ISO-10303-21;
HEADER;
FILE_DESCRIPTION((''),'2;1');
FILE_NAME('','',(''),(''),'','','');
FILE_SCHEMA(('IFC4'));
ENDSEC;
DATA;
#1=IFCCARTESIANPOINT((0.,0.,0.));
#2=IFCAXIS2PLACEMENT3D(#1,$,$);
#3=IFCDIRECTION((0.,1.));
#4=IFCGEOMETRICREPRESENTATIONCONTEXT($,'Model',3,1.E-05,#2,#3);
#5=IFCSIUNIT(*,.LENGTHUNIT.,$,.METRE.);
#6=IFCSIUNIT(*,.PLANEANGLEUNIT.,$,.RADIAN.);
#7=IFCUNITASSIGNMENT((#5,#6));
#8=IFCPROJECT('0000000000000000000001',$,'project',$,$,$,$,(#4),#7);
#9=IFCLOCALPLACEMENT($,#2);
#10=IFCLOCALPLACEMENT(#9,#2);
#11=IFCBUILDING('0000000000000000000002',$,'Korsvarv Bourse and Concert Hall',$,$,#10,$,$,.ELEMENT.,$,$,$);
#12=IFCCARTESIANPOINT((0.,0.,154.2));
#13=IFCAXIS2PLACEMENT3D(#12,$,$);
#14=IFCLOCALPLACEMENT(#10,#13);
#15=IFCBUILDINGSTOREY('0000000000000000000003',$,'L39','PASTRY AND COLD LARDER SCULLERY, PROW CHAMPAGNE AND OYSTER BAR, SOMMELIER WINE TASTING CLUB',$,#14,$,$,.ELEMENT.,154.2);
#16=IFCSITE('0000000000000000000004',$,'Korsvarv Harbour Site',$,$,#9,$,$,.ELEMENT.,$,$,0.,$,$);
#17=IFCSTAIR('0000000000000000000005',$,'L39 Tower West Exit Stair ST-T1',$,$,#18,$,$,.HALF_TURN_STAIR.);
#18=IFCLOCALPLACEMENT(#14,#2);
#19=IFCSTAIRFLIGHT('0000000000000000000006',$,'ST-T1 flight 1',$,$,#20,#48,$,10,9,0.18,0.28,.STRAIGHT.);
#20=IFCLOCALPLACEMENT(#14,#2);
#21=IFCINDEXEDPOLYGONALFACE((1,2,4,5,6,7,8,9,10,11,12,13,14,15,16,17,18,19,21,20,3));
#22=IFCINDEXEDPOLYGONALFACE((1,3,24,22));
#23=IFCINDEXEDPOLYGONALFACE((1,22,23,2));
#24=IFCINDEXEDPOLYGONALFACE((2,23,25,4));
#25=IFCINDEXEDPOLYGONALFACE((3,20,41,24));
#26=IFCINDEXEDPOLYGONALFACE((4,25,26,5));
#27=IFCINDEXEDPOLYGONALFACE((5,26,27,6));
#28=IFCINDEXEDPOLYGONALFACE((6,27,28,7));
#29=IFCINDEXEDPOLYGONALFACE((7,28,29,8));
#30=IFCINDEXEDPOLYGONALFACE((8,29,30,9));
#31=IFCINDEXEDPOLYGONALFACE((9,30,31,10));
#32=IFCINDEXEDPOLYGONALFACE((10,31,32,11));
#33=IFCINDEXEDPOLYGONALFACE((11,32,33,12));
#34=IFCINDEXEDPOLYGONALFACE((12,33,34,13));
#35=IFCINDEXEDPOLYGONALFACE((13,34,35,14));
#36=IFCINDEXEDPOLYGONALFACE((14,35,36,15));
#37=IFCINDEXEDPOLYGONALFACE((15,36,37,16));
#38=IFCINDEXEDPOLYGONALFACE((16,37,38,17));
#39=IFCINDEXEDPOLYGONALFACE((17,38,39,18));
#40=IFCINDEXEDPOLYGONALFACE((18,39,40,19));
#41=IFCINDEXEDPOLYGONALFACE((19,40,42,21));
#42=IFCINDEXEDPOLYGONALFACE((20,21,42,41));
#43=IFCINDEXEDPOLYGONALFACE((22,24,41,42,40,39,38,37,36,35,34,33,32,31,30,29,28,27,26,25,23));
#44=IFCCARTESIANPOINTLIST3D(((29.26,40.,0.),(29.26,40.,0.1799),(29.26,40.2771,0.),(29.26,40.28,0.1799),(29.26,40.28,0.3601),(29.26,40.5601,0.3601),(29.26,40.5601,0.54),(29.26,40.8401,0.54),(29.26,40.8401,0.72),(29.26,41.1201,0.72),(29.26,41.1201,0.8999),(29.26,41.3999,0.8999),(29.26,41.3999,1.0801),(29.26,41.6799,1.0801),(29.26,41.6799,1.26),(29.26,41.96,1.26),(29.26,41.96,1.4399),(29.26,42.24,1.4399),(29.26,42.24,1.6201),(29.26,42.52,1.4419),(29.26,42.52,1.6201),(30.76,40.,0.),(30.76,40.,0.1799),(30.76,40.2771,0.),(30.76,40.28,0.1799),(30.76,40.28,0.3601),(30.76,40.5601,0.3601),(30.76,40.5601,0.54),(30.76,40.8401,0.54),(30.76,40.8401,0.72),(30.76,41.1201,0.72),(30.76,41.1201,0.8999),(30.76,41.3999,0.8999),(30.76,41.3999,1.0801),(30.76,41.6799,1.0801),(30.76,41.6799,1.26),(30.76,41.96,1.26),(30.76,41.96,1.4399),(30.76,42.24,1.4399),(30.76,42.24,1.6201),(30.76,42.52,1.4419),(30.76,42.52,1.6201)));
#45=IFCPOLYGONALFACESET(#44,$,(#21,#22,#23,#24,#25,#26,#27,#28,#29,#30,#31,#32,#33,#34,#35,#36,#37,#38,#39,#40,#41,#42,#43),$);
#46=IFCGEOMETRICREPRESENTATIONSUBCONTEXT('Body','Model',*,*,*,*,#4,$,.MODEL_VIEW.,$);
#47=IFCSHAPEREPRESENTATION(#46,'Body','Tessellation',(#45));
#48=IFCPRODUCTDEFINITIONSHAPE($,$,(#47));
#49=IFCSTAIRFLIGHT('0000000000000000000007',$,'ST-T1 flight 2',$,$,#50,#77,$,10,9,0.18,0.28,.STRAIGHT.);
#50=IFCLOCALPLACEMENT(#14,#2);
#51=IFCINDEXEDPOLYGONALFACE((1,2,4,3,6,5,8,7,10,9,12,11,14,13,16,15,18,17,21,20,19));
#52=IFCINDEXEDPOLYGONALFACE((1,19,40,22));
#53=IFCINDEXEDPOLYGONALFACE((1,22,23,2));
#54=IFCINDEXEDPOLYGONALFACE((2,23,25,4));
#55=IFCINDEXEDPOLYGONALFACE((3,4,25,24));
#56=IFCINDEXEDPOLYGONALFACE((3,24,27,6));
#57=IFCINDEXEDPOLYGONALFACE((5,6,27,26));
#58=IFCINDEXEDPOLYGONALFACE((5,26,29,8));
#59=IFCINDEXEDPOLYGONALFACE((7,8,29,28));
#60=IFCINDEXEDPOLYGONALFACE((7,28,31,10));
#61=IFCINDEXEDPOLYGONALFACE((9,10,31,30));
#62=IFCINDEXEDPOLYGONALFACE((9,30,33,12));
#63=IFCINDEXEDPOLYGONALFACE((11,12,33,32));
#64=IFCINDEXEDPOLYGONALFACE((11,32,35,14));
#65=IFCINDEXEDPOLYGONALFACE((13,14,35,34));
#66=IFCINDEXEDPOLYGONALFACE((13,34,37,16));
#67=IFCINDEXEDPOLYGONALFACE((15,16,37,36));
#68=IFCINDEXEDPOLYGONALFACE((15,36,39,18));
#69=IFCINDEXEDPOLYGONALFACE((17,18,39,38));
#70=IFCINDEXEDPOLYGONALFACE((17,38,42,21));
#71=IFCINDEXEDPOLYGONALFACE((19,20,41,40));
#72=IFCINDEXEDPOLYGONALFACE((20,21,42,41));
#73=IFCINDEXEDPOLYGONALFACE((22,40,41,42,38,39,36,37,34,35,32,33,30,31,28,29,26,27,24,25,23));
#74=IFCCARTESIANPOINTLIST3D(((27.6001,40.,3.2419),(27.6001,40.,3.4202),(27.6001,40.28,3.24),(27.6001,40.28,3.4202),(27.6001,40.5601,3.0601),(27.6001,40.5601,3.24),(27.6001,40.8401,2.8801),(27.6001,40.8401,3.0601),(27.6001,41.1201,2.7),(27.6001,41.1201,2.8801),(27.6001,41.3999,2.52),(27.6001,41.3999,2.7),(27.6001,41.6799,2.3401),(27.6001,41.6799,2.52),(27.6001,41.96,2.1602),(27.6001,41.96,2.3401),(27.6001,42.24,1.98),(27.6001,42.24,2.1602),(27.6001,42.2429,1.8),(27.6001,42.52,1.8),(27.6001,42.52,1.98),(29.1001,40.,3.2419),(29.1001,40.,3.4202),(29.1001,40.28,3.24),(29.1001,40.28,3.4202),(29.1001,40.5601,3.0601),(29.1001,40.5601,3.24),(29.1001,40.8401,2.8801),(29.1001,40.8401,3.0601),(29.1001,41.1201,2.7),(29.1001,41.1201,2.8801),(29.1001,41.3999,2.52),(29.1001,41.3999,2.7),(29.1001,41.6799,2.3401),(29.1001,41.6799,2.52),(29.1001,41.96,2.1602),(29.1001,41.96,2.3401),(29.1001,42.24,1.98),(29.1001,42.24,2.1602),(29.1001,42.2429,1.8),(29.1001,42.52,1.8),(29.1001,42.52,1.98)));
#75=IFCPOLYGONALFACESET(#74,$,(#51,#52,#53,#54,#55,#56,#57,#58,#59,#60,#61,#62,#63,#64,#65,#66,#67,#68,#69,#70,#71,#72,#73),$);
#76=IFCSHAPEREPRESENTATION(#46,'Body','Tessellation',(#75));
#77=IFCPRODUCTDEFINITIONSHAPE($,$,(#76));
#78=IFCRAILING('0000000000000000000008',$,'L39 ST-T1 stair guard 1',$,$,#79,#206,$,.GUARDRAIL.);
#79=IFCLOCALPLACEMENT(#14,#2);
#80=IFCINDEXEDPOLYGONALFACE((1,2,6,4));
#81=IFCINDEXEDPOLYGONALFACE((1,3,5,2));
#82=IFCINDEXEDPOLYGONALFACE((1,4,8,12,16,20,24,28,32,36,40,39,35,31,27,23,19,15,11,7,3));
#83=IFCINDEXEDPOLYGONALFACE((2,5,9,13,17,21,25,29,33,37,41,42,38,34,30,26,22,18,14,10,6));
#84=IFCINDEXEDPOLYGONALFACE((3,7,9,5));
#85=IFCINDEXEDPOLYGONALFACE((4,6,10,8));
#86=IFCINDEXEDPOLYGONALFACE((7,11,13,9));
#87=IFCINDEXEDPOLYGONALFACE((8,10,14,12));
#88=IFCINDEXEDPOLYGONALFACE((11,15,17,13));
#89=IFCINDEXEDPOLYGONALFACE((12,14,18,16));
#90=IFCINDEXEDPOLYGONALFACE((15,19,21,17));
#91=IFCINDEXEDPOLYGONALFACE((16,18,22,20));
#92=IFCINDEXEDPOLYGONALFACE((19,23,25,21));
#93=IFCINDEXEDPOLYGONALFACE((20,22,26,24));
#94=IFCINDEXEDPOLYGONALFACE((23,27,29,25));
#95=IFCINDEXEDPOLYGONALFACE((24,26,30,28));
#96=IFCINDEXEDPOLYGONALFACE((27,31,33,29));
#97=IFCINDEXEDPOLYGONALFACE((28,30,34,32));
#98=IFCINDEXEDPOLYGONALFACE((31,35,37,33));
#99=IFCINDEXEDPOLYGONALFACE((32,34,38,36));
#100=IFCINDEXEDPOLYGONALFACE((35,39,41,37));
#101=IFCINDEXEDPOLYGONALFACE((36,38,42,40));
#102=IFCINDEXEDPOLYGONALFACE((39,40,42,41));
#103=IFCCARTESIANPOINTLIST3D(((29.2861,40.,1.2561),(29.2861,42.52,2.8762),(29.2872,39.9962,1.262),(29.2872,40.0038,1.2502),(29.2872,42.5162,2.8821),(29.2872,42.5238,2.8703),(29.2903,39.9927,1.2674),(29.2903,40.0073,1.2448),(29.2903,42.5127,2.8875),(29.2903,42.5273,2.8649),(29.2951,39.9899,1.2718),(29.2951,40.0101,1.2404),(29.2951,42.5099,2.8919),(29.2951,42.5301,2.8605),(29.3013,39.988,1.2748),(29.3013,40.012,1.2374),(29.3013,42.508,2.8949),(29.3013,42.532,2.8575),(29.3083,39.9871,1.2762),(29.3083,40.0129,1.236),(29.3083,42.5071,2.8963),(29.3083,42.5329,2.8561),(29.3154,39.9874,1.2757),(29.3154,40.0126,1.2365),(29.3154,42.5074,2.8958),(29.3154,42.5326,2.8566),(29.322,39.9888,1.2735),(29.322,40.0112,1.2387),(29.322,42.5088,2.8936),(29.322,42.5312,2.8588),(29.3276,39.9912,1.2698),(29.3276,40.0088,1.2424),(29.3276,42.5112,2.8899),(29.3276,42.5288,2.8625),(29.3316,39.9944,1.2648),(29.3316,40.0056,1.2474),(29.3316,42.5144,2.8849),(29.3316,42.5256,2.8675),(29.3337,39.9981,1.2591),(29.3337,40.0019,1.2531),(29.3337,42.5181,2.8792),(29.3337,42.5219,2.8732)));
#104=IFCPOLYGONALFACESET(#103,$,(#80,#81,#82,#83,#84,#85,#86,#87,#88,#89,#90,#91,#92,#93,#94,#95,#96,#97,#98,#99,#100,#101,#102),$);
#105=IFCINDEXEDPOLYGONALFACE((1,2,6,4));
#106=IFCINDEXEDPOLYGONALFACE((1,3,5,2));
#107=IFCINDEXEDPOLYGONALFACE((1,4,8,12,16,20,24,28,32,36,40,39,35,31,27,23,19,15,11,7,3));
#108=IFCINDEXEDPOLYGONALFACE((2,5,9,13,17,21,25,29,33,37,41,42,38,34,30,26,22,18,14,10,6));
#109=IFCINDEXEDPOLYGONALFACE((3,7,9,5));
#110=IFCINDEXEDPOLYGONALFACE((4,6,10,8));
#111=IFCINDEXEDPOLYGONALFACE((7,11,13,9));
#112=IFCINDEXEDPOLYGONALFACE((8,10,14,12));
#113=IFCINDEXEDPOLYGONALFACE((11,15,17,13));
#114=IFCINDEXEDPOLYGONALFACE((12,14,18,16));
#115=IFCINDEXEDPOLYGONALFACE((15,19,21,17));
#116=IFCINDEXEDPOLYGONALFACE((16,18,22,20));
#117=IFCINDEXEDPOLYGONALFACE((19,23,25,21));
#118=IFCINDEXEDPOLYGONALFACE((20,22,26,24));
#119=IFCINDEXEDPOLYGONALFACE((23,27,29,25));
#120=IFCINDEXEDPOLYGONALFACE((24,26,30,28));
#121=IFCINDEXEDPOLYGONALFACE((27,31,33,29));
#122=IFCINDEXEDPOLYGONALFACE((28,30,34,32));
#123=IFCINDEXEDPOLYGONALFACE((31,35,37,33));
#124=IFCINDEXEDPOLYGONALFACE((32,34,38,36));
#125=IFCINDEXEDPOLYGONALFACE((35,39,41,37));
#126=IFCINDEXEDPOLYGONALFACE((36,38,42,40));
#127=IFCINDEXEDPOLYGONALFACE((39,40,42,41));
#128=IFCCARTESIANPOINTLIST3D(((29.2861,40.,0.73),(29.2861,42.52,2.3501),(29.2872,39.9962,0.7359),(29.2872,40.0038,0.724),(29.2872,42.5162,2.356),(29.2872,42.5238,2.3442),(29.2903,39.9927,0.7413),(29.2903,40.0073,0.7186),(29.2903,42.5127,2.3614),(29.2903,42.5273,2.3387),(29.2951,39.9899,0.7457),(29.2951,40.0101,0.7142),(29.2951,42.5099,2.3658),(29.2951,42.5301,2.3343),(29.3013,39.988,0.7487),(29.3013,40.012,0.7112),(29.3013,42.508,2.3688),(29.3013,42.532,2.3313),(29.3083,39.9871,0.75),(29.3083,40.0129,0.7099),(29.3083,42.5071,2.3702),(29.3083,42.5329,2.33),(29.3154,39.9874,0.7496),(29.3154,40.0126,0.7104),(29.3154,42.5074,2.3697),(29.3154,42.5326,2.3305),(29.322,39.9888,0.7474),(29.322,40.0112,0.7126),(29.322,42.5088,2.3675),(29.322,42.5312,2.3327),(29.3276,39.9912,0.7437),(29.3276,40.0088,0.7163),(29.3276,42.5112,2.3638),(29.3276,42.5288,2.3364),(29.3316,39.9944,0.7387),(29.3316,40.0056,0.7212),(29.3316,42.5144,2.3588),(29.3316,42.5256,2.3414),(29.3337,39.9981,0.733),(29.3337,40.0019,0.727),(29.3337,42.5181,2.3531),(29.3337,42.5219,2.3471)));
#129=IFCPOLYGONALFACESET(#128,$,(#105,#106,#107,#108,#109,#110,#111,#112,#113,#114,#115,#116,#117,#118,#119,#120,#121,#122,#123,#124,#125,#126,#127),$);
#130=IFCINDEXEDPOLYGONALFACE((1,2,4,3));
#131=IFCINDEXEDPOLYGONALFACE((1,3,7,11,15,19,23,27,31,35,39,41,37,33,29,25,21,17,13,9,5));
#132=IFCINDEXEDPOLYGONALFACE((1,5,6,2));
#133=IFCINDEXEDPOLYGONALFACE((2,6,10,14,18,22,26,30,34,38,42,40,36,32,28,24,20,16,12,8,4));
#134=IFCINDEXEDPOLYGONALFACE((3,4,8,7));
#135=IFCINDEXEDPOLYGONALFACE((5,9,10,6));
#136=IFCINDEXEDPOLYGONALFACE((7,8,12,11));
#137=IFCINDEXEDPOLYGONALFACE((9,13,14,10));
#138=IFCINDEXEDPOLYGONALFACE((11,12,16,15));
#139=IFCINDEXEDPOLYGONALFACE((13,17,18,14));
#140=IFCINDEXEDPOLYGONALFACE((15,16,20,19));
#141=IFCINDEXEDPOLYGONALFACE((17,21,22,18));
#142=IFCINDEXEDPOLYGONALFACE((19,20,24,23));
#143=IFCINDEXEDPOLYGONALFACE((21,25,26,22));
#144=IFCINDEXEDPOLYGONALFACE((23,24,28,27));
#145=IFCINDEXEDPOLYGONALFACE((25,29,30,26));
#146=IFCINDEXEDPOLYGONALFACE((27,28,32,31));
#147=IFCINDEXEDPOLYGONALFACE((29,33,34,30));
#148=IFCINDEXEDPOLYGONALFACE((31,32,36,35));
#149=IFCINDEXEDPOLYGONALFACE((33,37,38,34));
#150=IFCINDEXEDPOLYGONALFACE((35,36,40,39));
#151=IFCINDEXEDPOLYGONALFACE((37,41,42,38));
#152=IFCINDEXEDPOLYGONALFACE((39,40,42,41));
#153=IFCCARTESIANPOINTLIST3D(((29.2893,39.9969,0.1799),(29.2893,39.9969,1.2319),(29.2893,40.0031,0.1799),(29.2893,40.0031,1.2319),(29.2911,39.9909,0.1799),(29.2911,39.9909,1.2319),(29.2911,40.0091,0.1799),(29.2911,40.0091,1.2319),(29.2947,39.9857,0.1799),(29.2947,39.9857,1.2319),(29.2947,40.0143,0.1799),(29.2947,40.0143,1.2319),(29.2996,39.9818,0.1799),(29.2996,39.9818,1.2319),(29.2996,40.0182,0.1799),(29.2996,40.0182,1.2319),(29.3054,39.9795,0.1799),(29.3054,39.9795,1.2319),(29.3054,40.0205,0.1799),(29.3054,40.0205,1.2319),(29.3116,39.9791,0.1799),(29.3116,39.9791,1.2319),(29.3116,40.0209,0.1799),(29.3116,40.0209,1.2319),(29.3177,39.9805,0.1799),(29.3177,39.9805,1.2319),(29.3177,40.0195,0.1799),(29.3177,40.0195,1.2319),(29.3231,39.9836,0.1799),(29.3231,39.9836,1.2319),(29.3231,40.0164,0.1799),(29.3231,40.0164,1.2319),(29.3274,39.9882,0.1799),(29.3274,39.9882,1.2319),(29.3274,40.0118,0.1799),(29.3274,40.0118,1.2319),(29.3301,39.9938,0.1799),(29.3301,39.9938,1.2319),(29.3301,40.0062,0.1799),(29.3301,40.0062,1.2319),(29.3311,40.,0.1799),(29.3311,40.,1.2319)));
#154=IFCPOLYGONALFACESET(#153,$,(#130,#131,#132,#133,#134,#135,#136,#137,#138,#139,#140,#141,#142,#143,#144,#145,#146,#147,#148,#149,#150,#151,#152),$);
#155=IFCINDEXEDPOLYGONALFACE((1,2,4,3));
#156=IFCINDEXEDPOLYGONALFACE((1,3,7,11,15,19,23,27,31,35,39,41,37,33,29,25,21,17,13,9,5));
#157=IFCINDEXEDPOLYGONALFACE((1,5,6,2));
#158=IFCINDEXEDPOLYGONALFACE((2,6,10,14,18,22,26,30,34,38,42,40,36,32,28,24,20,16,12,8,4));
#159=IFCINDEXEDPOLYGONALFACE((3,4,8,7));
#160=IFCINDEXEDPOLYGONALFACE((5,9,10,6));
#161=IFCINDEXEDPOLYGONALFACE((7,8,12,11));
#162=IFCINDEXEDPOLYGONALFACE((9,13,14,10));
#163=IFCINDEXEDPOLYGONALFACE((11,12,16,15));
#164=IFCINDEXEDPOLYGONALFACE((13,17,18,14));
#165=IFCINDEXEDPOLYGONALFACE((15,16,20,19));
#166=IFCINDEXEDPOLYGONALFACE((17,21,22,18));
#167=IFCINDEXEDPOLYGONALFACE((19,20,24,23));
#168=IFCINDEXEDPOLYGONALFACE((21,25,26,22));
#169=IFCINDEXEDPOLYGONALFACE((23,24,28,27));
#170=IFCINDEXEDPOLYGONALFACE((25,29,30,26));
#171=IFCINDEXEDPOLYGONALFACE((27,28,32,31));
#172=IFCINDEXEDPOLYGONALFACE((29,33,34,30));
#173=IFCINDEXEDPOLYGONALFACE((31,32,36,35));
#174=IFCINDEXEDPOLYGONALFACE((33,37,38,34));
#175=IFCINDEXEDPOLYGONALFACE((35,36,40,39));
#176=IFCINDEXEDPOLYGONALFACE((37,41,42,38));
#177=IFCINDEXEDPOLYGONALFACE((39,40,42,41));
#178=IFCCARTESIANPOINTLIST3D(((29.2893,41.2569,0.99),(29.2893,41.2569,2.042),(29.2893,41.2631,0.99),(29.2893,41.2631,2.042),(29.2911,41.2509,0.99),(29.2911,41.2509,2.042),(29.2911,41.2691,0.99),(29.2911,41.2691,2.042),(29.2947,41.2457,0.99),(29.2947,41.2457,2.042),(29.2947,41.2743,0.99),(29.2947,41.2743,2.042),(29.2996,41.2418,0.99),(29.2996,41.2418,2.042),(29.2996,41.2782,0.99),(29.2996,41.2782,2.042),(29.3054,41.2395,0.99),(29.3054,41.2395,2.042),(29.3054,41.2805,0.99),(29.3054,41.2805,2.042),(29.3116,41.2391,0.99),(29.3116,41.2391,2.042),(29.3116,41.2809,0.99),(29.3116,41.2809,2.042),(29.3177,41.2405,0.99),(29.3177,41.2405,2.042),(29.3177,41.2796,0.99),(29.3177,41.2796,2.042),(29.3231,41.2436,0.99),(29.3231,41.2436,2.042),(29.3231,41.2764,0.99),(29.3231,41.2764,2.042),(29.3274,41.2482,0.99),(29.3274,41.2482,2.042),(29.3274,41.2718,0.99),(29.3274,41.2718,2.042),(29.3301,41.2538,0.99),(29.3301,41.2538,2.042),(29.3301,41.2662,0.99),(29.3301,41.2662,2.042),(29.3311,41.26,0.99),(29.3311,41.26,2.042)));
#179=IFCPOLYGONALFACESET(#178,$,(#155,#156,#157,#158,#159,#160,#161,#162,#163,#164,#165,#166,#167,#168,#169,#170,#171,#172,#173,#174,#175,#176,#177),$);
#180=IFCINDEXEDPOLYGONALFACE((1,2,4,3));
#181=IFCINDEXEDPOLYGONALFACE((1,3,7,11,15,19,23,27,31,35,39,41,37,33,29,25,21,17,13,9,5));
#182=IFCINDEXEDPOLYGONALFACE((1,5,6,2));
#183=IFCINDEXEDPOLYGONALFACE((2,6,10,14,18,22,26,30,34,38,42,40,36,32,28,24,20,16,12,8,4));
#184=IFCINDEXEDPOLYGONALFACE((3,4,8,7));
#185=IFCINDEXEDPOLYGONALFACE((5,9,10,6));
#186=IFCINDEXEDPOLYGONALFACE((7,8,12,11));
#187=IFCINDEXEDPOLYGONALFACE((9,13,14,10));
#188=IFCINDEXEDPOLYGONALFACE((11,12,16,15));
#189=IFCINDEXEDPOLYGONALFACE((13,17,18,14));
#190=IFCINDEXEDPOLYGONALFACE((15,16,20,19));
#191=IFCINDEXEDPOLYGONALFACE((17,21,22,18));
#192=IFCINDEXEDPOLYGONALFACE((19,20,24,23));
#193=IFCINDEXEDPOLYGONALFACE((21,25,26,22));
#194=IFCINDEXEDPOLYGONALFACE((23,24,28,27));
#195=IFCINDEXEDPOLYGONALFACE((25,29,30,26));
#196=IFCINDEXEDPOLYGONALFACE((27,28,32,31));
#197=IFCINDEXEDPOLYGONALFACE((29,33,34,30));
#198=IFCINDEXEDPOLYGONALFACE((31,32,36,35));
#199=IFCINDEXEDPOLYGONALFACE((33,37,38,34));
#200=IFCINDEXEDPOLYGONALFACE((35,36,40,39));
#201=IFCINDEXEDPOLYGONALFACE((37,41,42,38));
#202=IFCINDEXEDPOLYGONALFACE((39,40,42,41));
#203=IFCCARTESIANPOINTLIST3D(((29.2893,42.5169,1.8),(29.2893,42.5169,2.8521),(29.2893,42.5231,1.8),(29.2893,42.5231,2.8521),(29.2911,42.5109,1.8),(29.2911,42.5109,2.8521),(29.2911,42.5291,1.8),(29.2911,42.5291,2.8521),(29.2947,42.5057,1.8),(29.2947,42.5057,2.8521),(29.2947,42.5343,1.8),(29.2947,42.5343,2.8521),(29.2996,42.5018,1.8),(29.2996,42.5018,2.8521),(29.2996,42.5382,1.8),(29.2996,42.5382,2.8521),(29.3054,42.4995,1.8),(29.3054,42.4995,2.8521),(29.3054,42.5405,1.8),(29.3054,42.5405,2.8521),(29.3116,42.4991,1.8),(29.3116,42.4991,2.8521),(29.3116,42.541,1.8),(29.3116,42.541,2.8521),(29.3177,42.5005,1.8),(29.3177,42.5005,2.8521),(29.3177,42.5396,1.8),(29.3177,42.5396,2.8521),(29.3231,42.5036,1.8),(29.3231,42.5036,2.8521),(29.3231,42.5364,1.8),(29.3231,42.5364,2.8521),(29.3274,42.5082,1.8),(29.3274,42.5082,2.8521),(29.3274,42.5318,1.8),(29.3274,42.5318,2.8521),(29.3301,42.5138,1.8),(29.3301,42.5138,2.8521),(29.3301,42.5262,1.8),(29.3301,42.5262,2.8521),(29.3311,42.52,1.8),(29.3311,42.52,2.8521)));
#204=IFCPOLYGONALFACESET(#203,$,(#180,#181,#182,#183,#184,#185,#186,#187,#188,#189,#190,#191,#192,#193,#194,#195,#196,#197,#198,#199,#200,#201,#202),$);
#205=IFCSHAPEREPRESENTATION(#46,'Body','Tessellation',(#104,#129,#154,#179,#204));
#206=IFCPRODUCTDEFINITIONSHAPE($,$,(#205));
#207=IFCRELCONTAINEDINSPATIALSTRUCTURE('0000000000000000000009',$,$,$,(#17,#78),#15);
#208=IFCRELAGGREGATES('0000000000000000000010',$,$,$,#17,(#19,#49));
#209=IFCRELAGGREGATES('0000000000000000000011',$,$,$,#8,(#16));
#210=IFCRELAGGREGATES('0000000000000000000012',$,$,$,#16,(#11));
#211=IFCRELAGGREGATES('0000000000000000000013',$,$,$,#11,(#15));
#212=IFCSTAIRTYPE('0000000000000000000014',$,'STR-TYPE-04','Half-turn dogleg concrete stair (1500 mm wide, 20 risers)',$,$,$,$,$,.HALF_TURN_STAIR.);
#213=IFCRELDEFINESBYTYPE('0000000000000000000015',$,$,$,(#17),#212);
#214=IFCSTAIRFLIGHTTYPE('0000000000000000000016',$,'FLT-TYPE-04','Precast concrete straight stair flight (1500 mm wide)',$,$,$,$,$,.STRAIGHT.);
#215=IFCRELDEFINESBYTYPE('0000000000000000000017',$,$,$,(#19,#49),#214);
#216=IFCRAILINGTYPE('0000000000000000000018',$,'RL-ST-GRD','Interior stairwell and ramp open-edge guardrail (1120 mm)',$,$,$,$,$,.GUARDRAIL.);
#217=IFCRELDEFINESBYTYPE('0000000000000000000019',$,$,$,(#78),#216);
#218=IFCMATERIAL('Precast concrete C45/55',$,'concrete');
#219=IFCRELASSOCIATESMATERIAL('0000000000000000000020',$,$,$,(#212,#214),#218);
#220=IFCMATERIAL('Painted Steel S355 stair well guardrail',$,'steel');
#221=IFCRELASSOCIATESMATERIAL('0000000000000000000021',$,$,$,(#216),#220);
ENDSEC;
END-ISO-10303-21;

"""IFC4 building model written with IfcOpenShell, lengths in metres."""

from ifc_helpers import new_model, si_unit, direction, frame, origin, origin_2d, place, context, subcontext, project, spatial, polyline, circle, outline, extrude, material, type_object, element, aggregate, save


model = new_model("IFC4")

# Units and contexts
model_context = context("Model", 3, precision=1e-05, world=origin(), true_north=direction((0.0, 1.0)))
body_context = subcontext(model_context, "Body", "Model", "MODEL_VIEW")
ifc_project = project(units=[si_unit("LENGTHUNIT", "METRE"), si_unit("PLANEANGLEUNIT", "RADIAN")], contexts=[model_context])

# Site, building, storey
site_placement = place(None, origin())
site = spatial("IfcSite", under=ifc_project, at=site_placement, Name="Korsvarv Harbour Site", CompositionType="ELEMENT", RefElevation=0.0)
building_placement = place(site_placement, origin())
building = spatial("IfcBuilding", under=site, at=building_placement, Name="Korsvarv Bourse and Concert Hall", CompositionType="ELEMENT")
storey_placement = place(building_placement, frame((0.0, 0.0, 154.2)))
storey = spatial("IfcBuildingStorey", under=building, at=storey_placement, Name="L39", Description="PASTRY AND COLD LARDER SCULLERY, PROW CHAMPAGNE AND OYSTER BAR, SOMMELIER WINE TASTING CLUB", CompositionType="ELEMENT", Elevation=154.2)

# Stair, stair flights
ifc_material_1 = material(Name="Precast concrete C45/55", Category="concrete")
stair_type = type_object("IfcStairType", Name="STR-TYPE-04", Description="Half-turn dogleg concrete stair (1500 mm wide, 20 risers)", PredefinedType="HALF_TURN_STAIR", material=ifc_material_1)
stair_placement = place(storey_placement, origin())
stair = element("IfcStair", 1, at=stair_placement, inside=storey, type_object=stair_type, Name="L39 Tower West Exit Stair ST-T1", PredefinedType="HALF_TURN_STAIR")
stair_flight_type = type_object("IfcStairFlightType", Name="FLT-TYPE-04", Description="Precast concrete straight stair flight (1500 mm wide)", PredefinedType="STRAIGHT", material=ifc_material_1)
stair_flight_1_placement = place(storey_placement, frame((30.01, 40.0, 0.0), z_axis=(0.0, 0.0, 1.0), x_axis=(0.0, 1.0, 0.0)))
stair_flight_1 = element("IfcStairFlight", 2, at=stair_flight_1_placement, type_object=stair_flight_type, Name="ST-T1 flight 1", NumberOfRisers=10, NumberOfTreads=9, PredefinedType="STRAIGHT", RiserHeight=0.18, TreadLength=0.28, context=body_context, shape_type="SweptSolid", body=[
    extrude(outline(polyline([(0.0, 0.0), (0.0, 0.1799), (0.28, 0.1799), (0.28, 0.3601), (0.5601, 0.3601), (0.5601, 0.54), (0.8401, 0.54), (0.8401, 0.72), (1.1201, 0.72), (1.1201, 0.8999), (1.3999, 0.8999), (1.3999, 1.0801), (1.6799, 1.0801), (1.6799, 1.26), (1.96, 1.26), (1.96, 1.4399), (2.24, 1.4399), (2.24, 1.6201), (2.52, 1.6201), (2.52, 1.8), (2.52, 1.4419), (0.2771, 0.0), (0.0, 0.0)])), frame((0.0, 0.75, 0.0), z_axis=(0.0, -1.0, 0.0), x_axis=(1.0, 0.0, 0.0)), (0.0, 0.0, 1.0), 1.5),
])
stair_flight_2_placement = place(storey_placement, frame((28.3501, 42.52, 1.8), z_axis=(0.0, 0.0, 1.0), x_axis=(0.0, -1.0, 0.0)))
stair_flight_2 = element("IfcStairFlight", 3, at=stair_flight_2_placement, type_object=stair_flight_type, Name="ST-T1 flight 2", NumberOfRisers=10, NumberOfTreads=9, PredefinedType="STRAIGHT", RiserHeight=0.18, TreadLength=0.28, context=body_context, shape_type="SweptSolid", body=[
    extrude(outline(polyline([(0.0, 0.0), (0.0, 0.1799), (0.28, 0.1799), (0.28, 0.3601), (0.5601, 0.3601), (0.5601, 0.54), (0.8401, 0.54), (0.8401, 0.72), (1.1201, 0.72), (1.1201, 0.8999), (1.3999, 0.8999), (1.3999, 1.0801), (1.6799, 1.0801), (1.6799, 1.26), (1.96, 1.26), (1.96, 1.4399), (2.24, 1.4399), (2.24, 1.6201), (2.52, 1.6201), (2.52, 1.8), (2.52, 1.4419), (0.2771, 0.0), (0.0, 0.0)])), frame((0.0, 0.75, 0.0), z_axis=(0.0, -1.0, 0.0), x_axis=(1.0, 0.0, 0.0)), (0.0, 0.0, 1.0), 1.5),
])
aggregate(stair, [stair_flight_1, stair_flight_2])

# Railing
ifc_material_2 = material(Name="Painted Steel S355 stair well guardrail", Category="steel")
railing_type_1 = type_object("IfcRailingType", Name="RL-ST-GRD", Description="Interior stairwell and ramp open-edge guardrail (1120 mm)", PredefinedType="GUARDRAIL", material=ifc_material_2)
railing_1_placement = place(storey_placement, frame((29.3101, 40.0, 0.1799)))
element("IfcRailing", 4, at=railing_1_placement, inside=storey, type_object=railing_type_1, Name="L39 ST-T1 stair guard 1", PredefinedType="GUARDRAIL", context=body_context, shape_type="SweptSolid", body=[
    extrude(circle(Radius=0.0239, at=origin_2d()), frame((0.0, 0.0, 1.0762), z_axis=(0.0, 0.841163, 0.540782), x_axis=(-1.0, 0.0, 0.0)), (0.0, 0.0, 1.0), 2.9958),
    extrude(circle(Radius=0.0239, at=origin_2d()), frame((0.0, 0.0, 0.55), z_axis=(0.0, 0.841163, 0.540782), x_axis=(-1.0, 0.0, 0.0)), (0.0, 0.0, 1.0), 2.9958),
    extrude(circle(Radius=0.021, at=origin_2d()), origin(), (0.0, 0.0, 1.0), 1.052),
    extrude(circle(Radius=0.021, at=origin_2d()), frame((0.0, 1.26, 0.8101)), (0.0, 0.0, 1.0), 1.052),
    extrude(circle(Radius=0.021, at=origin_2d()), frame((0.0, 2.52, 1.6201)), (0.0, 0.0, 1.0), 1.052),
])

save(model, "model.ifc")
